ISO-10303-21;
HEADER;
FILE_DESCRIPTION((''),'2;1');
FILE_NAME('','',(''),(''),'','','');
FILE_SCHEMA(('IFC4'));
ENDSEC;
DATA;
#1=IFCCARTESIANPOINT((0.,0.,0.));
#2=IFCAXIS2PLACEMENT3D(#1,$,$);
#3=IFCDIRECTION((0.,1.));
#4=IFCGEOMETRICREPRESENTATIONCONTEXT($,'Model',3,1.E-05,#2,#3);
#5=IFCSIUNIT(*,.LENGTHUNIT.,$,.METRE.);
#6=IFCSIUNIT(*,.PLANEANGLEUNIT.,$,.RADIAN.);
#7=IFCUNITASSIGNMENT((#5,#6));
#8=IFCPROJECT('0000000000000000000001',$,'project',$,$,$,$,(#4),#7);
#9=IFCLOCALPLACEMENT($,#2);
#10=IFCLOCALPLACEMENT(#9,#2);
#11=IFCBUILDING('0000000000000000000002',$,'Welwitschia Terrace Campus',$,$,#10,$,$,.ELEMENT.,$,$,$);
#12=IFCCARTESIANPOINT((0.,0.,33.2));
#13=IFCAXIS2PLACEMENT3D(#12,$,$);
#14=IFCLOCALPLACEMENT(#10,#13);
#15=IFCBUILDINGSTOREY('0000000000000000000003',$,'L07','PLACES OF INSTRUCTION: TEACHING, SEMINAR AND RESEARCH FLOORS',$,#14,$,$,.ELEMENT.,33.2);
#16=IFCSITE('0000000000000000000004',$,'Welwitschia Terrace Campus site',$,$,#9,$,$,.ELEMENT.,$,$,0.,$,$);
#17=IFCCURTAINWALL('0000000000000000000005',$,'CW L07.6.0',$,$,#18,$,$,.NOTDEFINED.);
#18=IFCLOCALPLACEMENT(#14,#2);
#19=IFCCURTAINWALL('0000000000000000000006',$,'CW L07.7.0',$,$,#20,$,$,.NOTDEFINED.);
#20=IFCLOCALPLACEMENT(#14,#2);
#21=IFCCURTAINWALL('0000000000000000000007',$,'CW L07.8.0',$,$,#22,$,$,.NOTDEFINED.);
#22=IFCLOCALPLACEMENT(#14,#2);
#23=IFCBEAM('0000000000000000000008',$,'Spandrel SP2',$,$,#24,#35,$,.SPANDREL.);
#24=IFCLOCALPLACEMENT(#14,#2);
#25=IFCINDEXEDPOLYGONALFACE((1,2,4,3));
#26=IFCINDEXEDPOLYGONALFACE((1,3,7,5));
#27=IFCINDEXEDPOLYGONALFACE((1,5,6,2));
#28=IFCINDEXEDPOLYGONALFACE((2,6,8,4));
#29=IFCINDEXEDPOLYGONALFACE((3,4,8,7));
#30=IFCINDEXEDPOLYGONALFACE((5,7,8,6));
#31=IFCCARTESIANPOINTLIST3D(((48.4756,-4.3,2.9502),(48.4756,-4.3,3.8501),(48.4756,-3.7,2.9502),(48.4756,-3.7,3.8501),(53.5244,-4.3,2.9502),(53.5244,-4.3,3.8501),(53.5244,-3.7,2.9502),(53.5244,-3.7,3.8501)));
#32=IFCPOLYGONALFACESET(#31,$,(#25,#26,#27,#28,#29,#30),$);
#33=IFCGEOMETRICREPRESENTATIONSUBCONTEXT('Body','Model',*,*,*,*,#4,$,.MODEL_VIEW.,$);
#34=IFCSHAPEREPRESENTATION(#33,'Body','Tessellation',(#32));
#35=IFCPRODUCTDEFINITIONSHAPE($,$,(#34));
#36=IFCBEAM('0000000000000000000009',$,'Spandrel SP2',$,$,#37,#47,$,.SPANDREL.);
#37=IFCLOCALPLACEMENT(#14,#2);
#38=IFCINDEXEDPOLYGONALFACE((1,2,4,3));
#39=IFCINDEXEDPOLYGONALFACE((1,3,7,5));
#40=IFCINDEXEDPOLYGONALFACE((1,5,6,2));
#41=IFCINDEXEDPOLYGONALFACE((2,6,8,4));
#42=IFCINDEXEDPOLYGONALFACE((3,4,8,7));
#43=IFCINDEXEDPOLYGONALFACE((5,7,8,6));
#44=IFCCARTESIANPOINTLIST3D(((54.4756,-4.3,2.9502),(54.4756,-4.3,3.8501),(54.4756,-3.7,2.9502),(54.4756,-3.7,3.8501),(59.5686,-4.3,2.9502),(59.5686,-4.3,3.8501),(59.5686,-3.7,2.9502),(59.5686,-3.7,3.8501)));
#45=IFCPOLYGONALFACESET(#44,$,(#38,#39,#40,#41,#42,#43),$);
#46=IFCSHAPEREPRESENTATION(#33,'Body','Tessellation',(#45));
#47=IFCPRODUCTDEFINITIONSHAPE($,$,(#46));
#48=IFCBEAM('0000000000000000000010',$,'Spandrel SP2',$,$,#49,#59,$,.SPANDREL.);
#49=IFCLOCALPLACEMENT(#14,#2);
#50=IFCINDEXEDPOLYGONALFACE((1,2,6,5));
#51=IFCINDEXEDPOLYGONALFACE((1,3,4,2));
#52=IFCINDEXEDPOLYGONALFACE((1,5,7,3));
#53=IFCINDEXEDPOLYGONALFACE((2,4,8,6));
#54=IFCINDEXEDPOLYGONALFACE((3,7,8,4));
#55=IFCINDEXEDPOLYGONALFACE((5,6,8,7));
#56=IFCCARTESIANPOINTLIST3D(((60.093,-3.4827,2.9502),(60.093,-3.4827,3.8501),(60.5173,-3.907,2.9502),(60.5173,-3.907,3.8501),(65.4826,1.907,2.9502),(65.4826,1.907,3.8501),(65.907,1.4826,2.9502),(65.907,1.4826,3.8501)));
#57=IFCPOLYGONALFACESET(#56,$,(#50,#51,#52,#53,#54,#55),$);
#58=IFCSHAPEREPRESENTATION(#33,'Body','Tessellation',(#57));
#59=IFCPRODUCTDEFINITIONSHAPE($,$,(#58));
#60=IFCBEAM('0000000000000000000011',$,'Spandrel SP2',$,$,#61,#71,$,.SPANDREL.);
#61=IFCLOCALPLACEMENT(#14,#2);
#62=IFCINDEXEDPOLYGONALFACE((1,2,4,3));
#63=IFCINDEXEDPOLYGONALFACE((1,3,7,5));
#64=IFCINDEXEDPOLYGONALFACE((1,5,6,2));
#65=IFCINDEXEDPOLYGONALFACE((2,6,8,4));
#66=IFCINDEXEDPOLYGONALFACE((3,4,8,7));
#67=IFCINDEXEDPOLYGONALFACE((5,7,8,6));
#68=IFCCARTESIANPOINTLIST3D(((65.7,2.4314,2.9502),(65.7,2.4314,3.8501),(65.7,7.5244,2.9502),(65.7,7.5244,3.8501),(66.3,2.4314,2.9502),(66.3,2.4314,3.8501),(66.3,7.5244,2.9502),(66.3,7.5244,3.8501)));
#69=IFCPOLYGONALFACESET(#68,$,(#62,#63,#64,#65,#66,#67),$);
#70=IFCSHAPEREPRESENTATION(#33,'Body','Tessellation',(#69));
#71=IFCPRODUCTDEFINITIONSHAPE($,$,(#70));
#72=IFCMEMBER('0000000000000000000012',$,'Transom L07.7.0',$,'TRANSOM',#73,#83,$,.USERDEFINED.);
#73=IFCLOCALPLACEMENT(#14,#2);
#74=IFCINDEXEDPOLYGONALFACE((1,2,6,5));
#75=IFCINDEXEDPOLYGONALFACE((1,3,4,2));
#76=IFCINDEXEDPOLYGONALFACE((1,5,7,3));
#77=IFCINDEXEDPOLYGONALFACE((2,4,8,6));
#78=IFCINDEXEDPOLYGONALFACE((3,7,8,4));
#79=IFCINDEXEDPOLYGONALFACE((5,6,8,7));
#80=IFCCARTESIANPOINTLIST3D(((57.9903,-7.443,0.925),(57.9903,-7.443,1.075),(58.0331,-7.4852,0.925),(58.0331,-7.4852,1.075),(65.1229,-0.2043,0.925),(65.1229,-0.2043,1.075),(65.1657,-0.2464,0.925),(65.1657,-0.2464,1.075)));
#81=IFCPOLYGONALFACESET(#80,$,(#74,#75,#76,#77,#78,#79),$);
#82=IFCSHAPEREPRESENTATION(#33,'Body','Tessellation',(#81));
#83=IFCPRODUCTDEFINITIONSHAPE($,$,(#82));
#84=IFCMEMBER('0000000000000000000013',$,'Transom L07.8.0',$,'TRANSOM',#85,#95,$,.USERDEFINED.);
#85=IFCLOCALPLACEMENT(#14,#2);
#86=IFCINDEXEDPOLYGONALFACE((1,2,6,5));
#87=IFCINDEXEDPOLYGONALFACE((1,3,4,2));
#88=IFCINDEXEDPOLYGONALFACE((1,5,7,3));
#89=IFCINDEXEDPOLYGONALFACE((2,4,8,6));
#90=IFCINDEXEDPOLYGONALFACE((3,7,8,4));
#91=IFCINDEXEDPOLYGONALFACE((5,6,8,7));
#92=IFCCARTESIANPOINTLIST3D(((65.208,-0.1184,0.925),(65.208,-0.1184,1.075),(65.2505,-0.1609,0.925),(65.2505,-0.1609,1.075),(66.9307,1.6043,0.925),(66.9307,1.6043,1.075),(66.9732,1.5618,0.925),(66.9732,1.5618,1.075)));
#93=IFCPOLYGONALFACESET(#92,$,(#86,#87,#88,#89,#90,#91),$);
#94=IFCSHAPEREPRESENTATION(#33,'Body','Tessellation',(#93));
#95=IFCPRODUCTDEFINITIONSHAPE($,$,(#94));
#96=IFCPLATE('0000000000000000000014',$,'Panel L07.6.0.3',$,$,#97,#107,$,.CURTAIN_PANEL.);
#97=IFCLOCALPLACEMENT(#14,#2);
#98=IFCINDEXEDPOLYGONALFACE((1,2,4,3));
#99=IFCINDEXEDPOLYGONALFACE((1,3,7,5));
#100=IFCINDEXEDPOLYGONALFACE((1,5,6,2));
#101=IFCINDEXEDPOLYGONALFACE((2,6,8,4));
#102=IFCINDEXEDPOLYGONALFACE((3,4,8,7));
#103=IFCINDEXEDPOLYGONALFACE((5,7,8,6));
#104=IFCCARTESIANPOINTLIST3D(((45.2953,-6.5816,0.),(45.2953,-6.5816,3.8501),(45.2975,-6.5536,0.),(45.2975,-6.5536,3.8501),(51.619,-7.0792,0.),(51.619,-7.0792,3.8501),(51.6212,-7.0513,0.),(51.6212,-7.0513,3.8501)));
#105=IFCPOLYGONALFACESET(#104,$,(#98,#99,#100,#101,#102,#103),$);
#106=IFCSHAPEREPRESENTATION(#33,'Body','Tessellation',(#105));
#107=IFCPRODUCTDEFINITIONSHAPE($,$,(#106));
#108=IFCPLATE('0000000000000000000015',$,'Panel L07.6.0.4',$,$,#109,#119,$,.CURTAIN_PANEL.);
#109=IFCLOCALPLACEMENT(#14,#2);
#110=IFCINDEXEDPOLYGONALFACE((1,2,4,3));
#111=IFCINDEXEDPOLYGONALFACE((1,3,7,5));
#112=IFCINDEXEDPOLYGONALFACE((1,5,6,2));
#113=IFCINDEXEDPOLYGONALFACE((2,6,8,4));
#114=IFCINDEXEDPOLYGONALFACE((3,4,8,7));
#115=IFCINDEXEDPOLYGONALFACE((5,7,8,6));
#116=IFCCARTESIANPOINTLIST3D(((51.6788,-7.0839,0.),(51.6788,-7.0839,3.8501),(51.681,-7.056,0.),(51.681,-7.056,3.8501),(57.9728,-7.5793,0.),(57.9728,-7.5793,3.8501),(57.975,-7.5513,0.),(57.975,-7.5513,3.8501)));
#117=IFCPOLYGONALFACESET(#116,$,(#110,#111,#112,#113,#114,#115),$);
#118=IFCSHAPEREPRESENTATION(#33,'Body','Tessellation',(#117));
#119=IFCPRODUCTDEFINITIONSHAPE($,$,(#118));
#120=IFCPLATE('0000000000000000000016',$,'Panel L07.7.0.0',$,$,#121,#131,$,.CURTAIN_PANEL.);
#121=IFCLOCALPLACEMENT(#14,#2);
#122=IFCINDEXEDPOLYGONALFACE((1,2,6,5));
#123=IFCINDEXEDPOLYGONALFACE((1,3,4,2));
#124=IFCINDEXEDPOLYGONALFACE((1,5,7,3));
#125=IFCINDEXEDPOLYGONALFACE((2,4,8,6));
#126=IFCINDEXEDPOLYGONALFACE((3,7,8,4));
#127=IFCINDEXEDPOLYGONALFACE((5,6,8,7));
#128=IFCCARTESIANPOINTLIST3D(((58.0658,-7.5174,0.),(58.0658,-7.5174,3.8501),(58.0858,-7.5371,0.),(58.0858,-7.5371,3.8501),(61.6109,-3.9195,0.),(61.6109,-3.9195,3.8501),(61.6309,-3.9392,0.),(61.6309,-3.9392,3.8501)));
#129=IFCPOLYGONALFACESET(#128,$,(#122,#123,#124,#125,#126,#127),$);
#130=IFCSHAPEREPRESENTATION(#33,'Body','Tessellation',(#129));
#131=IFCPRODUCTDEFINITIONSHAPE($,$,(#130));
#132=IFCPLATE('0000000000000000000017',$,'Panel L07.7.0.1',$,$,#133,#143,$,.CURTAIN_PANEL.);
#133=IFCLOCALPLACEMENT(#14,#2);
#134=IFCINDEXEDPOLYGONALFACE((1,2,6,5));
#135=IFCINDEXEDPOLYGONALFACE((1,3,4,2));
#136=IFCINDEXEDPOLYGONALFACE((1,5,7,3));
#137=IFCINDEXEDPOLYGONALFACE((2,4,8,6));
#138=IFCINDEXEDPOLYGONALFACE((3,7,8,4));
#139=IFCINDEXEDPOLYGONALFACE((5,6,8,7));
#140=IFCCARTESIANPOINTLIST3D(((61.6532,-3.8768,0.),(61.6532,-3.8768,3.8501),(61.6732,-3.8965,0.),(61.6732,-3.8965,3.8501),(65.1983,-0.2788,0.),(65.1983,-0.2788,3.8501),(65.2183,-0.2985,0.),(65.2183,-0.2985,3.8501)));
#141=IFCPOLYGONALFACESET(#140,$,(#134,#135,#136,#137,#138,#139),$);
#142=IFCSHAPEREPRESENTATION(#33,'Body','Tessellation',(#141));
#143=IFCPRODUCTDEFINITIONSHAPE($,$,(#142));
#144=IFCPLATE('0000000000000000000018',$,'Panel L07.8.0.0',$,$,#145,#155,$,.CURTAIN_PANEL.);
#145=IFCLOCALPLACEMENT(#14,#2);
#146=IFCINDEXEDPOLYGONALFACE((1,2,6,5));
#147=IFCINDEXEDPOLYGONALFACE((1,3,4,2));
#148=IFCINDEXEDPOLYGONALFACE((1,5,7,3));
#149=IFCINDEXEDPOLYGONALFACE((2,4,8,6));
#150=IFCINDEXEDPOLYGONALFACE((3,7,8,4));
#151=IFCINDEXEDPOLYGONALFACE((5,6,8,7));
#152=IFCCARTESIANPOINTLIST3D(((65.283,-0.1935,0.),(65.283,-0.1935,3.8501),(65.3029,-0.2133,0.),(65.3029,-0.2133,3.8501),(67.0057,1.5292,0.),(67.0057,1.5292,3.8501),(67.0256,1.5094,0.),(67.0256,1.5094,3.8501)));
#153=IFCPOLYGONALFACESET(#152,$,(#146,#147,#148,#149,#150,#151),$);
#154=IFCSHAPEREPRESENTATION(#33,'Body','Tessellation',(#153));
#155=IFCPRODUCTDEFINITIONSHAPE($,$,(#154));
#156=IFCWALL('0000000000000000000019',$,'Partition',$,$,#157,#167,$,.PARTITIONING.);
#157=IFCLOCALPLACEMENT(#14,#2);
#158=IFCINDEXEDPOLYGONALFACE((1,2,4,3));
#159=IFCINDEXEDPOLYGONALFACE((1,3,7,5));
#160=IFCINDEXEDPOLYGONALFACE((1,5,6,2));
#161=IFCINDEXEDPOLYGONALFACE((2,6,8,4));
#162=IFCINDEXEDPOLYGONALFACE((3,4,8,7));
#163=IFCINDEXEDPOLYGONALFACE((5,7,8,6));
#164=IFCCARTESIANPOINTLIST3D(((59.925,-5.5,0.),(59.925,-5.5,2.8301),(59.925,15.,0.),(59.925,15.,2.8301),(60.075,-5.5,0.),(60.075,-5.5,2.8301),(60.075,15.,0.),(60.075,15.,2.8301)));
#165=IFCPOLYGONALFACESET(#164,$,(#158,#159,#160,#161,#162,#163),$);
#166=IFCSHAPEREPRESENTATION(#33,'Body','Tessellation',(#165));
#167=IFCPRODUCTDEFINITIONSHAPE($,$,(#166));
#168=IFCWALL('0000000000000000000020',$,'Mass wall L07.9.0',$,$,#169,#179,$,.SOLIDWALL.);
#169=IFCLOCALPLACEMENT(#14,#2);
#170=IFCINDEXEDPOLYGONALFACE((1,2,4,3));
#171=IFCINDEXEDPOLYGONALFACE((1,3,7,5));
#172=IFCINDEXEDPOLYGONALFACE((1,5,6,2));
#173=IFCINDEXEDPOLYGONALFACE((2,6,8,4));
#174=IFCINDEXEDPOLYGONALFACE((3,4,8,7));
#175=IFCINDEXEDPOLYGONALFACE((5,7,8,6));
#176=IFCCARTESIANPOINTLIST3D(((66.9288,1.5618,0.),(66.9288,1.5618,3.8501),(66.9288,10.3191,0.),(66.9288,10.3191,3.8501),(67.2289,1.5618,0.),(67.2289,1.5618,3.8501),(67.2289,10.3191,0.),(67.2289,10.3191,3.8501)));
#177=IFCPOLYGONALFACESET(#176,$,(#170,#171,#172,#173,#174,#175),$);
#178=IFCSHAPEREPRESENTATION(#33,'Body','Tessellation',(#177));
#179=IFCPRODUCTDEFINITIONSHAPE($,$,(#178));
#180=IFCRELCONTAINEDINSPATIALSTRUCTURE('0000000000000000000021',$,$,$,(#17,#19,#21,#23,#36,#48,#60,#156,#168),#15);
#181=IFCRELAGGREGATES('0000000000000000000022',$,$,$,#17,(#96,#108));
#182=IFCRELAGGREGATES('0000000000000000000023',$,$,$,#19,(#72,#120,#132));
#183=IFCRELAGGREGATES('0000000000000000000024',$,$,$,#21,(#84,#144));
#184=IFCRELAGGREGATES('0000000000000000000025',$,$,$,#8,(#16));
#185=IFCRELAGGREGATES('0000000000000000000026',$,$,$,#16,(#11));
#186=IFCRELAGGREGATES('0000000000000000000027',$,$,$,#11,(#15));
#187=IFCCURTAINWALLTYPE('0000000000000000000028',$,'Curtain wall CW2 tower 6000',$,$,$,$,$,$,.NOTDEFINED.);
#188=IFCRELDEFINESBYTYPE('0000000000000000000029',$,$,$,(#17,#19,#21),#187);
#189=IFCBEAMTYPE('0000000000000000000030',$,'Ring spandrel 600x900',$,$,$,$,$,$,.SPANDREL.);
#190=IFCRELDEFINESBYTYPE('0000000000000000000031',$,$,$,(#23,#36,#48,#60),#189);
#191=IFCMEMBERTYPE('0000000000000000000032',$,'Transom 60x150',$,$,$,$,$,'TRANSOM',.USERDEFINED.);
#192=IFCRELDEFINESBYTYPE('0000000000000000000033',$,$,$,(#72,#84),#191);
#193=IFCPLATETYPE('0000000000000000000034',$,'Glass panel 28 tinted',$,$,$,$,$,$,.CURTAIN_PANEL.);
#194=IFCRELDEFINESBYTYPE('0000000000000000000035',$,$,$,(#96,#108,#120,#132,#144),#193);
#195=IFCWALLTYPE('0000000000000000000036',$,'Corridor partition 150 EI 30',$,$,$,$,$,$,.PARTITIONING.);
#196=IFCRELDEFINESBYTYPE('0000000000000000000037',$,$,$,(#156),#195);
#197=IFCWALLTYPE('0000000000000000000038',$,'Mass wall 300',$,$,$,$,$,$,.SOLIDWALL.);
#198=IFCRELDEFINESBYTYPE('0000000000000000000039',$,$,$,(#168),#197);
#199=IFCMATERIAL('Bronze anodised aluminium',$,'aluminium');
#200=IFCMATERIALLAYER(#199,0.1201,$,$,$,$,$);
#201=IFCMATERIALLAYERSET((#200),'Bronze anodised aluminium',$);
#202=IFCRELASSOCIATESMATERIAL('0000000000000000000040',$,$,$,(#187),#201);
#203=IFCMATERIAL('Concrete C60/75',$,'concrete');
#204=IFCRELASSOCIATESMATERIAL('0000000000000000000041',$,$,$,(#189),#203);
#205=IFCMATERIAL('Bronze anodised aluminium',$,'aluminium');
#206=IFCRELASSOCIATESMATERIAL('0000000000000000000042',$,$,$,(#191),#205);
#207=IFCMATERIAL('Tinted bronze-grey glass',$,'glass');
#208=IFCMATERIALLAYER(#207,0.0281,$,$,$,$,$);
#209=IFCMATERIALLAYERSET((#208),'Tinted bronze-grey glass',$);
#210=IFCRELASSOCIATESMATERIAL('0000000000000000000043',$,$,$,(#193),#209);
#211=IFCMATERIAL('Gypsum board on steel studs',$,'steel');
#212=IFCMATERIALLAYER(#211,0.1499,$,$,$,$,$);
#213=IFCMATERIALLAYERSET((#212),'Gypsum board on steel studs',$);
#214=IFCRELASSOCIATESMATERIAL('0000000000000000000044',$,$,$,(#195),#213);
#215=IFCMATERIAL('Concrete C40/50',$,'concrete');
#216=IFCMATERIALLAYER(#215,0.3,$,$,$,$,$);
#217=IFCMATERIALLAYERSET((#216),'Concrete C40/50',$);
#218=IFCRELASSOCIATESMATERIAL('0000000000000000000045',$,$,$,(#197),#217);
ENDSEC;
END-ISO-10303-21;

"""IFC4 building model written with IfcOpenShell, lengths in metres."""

from ifc_helpers import new_model, si_unit, direction, frame, frame_2d, origin, origin_2d, place, context, subcontext, project, spatial, rectangle, extrude, material, layer, layer_set, material_profile, profile_set, type_object, element, aggregate, save


model = new_model("IFC4")

# Units and contexts
model_context = context("Model", 3, precision=1e-05, world=origin(), true_north=direction((0.0, 1.0)))
body_context = subcontext(model_context, "Body", "Model", "MODEL_VIEW")
ifc_project = project(units=[si_unit("LENGTHUNIT", "METRE"), si_unit("PLANEANGLEUNIT", "RADIAN")], contexts=[model_context])

# Site, building, storey
site_placement = place(None, origin())
site = spatial("IfcSite", under=ifc_project, at=site_placement, Name="Welwitschia Terrace Campus site", CompositionType="ELEMENT", RefElevation=0.0)
building_placement = place(site_placement, origin())
building = spatial("IfcBuilding", under=site, at=building_placement, Name="Welwitschia Terrace Campus", CompositionType="ELEMENT")
storey_placement = place(building_placement, frame((0.0, 0.0, 33.2)))
storey = spatial("IfcBuildingStorey", under=building, at=storey_placement, Name="L07", Description="PLACES OF INSTRUCTION: TEACHING, SEMINAR AND RESEARCH FLOORS", CompositionType="ELEMENT", Elevation=33.2)

# Curtain walls
ifc_material_1 = material(Name="Bronze anodised aluminium", Category="aluminium")
ifc_layer_1 = layer(ifc_material_1, 0.1201)
ifc_layer_set_1 = layer_set([ifc_layer_1], Name="Bronze anodised aluminium")
curtain_wall_type = type_object("IfcCurtainWallType", Name="Curtain wall CW2 tower 6000", PredefinedType="NOTDEFINED", material=ifc_layer_set_1)
curtain_wall_1_placement = place(storey_placement, origin())
curtain_wall_1 = element("IfcCurtainWall", 1, at=curtain_wall_1_placement, inside=storey, type_object=curtain_wall_type, Name="CW L07.6.0", PredefinedType="NOTDEFINED")
curtain_wall_2_placement = place(storey_placement, origin())
curtain_wall_2 = element("IfcCurtainWall", 2, at=curtain_wall_2_placement, inside=storey, type_object=curtain_wall_type, Name="CW L07.7.0", PredefinedType="NOTDEFINED")
curtain_wall_3_placement = place(storey_placement, origin())
curtain_wall_3 = element("IfcCurtainWall", 3, at=curtain_wall_3_placement, inside=storey, type_object=curtain_wall_type, Name="CW L07.8.0", PredefinedType="NOTDEFINED")

# Beams
ifc_material_2 = material(Name="Concrete C60/75", Category="concrete")
ifc_material_profile_1 = material_profile(ifc_material_2, rectangle(XDim=0.6001, YDim=0.8999, at=origin_2d()))
ifc_profile_set_1 = profile_set([ifc_material_profile_1], Name="Concrete C60/75")
beam_type = type_object("IfcBeamType", Name="Ring spandrel 600x900", PredefinedType="SPANDREL", material=ifc_profile_set_1)
beam_1_placement = place(storey_placement, frame((48.4756, -4.0, 3.4001), z_axis=(1.0, 0.0, 0.0), x_axis=(0.0, 1.0, 0.0)))
element("IfcBeam", 4, at=beam_1_placement, inside=storey, type_object=beam_type, Name="Spandrel SP2", PredefinedType="SPANDREL", context=body_context, shape_type="SweptSolid", body=[
    extrude(rectangle(XDim=0.6001, YDim=0.8999, at=origin_2d()), origin(), (0.0, 0.0, 1.0), 5.0488),
])
beam_2_placement = place(storey_placement, frame((54.4756, -4.0, 3.4001), z_axis=(1.0, 0.0, 0.0), x_axis=(0.0, 1.0, 0.0)))
element("IfcBeam", 5, at=beam_2_placement, inside=storey, type_object=beam_type, Name="Spandrel SP2", PredefinedType="SPANDREL", context=body_context, shape_type="SweptSolid", body=[
    extrude(rectangle(XDim=0.6001, YDim=0.8999, at=origin_2d()), origin(), (0.0, 0.0, 1.0), 5.093),
])
beam_3_placement = place(storey_placement, frame((60.3052, -3.6948, 3.4001), z_axis=(0.707107, 0.707107, 0.0), x_axis=(-0.707107, 0.707107, 0.0)))
element("IfcBeam", 6, at=beam_3_placement, inside=storey, type_object=beam_type, Name="Spandrel SP2", PredefinedType="SPANDREL", context=body_context, shape_type="SweptSolid", body=[
    extrude(rectangle(XDim=0.6001, YDim=0.8999, at=origin_2d()), origin(), (0.0, 0.0, 1.0), 7.6221),
])
beam_4_placement = place(storey_placement, frame((66.0, 2.4314, 3.4001), z_axis=(0.0, 1.0, 0.0), x_axis=(-1.0, 0.0, 0.0)))
element("IfcBeam", 7, at=beam_4_placement, inside=storey, type_object=beam_type, Name="Spandrel SP2", PredefinedType="SPANDREL", context=body_context, shape_type="SweptSolid", body=[
    extrude(rectangle(XDim=0.6001, YDim=0.8999, at=origin_2d()), origin(), (0.0, 0.0, 1.0), 5.093),
])

# Members
ifc_material_3 = material(Name="Bronze anodised aluminium", Category="aluminium")
ifc_material_profile_2 = material_profile(ifc_material_3, rectangle(XDim=0.0601, YDim=0.1499, at=origin_2d()))
ifc_profile_set_2 = profile_set([ifc_material_profile_2], Name="Bronze anodised aluminium")
member_type_1 = type_object("IfcMemberType", Name="Transom 60x150", ElementType="TRANSOM", PredefinedType="USERDEFINED", material=ifc_profile_set_2)
member_1_placement = place(storey_placement, frame((58.0117, -7.4641, 1.0), z_axis=(0.701862, 0.712313, 0.0), x_axis=(-0.712313, 0.701862, 0.0)))
member_1 = element("IfcMember", 8, at=member_1_placement, type_object=member_type_1, Name="Transom L07.7.0", ObjectType="TRANSOM", PredefinedType="USERDEFINED", context=body_context, shape_type="SweptSolid", body=[
    extrude(rectangle(XDim=0.0601, YDim=0.1499, at=origin_2d()), origin(), (0.0, 0.0, 1.0), 10.1624),
])
member_2_placement = place(storey_placement, frame((65.2292, -0.1396, 1.0), z_axis=(0.707107, 0.707107, 0.0), x_axis=(-0.707107, 0.707107, 0.0)))
member_2 = element("IfcMember", 9, at=member_2_placement, type_object=member_type_1, Name="Transom L07.8.0", ObjectType="TRANSOM", PredefinedType="USERDEFINED", context=body_context, shape_type="SweptSolid", body=[
    extrude(rectangle(XDim=0.0601, YDim=0.1499, at=origin_2d()), origin(), (0.0, 0.0, 1.0), 2.4363),
])

# Plates
ifc_material_4 = material(Name="Tinted bronze-grey glass", Category="glass")
ifc_layer_2 = layer(ifc_material_4, 0.0281)
ifc_layer_set_2 = layer_set([ifc_layer_2], Name="Tinted bronze-grey glass")
plate_type = type_object("IfcPlateType", Name="Glass panel 28 tinted", PredefinedType="CURTAIN_PANEL", material=ifc_layer_set_2)
plate_1_placement = place(storey_placement, frame((48.4583, -6.8164, 0.0), z_axis=(0.0, 0.0, 1.0), x_axis=(0.996917, -0.078459, 0.0)))
plate_1 = element("IfcPlate", 10, at=plate_1_placement, type_object=plate_type, Name="Panel L07.6.0.3", PredefinedType="CURTAIN_PANEL", context=body_context, shape_type="SweptSolid", body=[
    extrude(rectangle(XDim=6.3433, YDim=0.0281, at=origin_2d()), origin(), (0.0, 0.0, 1.0), 3.8501),
])
plate_2_placement = place(storey_placement, frame((54.8269, -7.3176, 0.0), z_axis=(0.0, 0.0, 1.0), x_axis=(0.996917, -0.078459, 0.0)))
plate_2 = element("IfcPlate", 11, at=plate_2_placement, type_object=plate_type, Name="Panel L07.6.0.4", PredefinedType="CURTAIN_PANEL", context=body_context, shape_type="SweptSolid", body=[
    extrude(rectangle(XDim=6.3135, YDim=0.0281, at=origin_2d()), origin(), (0.0, 0.0, 1.0), 3.8501),
])
aggregate(curtain_wall_1, [plate_1, plate_2])
plate_3_placement = place(storey_placement, frame((59.8484, -5.7283, 0.0), z_axis=(0.0, 0.0, 1.0), x_axis=(0.701859, 0.712316, 0.0)))
plate_3 = element("IfcPlate", 12, at=plate_3_placement, type_object=plate_type, Name="Panel L07.7.0.0", PredefinedType="CURTAIN_PANEL", context=body_context, shape_type="SweptSolid", body=[
    extrude(rectangle(XDim=5.051, YDim=0.0281, at=origin_2d()), origin(), (0.0, 0.0, 1.0), 3.8501),
])
plate_4_placement = place(storey_placement, frame((63.4358, -2.0876, 0.0), z_axis=(0.0, 0.0, 1.0), x_axis=(0.701859, 0.712316, 0.0)))
plate_4 = element("IfcPlate", 13, at=plate_4_placement, type_object=plate_type, Name="Panel L07.7.0.1", PredefinedType="CURTAIN_PANEL", context=body_context, shape_type="SweptSolid", body=[
    extrude(rectangle(XDim=5.051, YDim=0.0281, at=origin_2d()), origin(), (0.0, 0.0, 1.0), 3.8501),
])
aggregate(curtain_wall_2, [member_1, plate_3, plate_4])
plate_5_placement = place(storey_placement, frame((66.1543, 0.658, 0.0), z_axis=(0.0, 0.0, 1.0), x_axis=(0.707107, 0.707107, 0.0)))
plate_5 = element("IfcPlate", 14, at=plate_5_placement, type_object=plate_type, Name="Panel L07.8.0.0", PredefinedType="CURTAIN_PANEL", context=body_context, shape_type="SweptSolid", body=[
    extrude(rectangle(XDim=2.4363, YDim=0.0281, at=origin_2d()), origin(), (0.0, 0.0, 1.0), 3.8501),
])
aggregate(curtain_wall_3, [member_2, plate_5])

# Walls
ifc_material_5 = material(Name="Gypsum board on steel studs", Category="steel")
ifc_layer_3 = layer(ifc_material_5, 0.1499)
ifc_layer_set_3 = layer_set([ifc_layer_3], Name="Gypsum board on steel studs")
wall_type_1 = type_object("IfcWallType", Name="Corridor partition 150 EI 30", PredefinedType="PARTITIONING", material=ifc_layer_set_3)
wall_1_placement = place(storey_placement, frame((60.0, -5.5, 0.0), z_axis=(0.0, 0.0, 1.0), x_axis=(0.0, 1.0, 0.0)))
element("IfcWall", 15, at=wall_1_placement, inside=storey, type_object=wall_type_1, Name="Partition", PredefinedType="PARTITIONING", context=body_context, shape_type="SweptSolid", body=[
    extrude(rectangle(XDim=20.5, YDim=0.1499, at=frame_2d((10.25, 0.0))), origin(), (0.0, 0.0, 1.0), 2.8301),
])
ifc_material_6 = material(Name="Concrete C40/50", Category="concrete")
ifc_layer_4 = layer(ifc_material_6, 0.3)
ifc_layer_set_4 = layer_set([ifc_layer_4], Name="Concrete C40/50")
wall_type_2 = type_object("IfcWallType", Name="Mass wall 300", PredefinedType="SOLIDWALL", material=ifc_layer_set_4)
wall_2_placement = place(storey_placement, frame((67.0789, 1.5618, 0.0), z_axis=(0.0, 0.0, 1.0), x_axis=(0.0, 1.0, 0.0)))
element("IfcWall", 16, at=wall_2_placement, inside=storey, type_object=wall_type_2, Name="Mass wall L07.9.0", PredefinedType="SOLIDWALL", context=body_context, shape_type="SweptSolid", body=[
    extrude(rectangle(XDim=8.7573, YDim=0.3, at=frame_2d((4.3787, 0.0))), origin(), (0.0, 0.0, 1.0), 3.8501),
])

save(model, "model.ifc")
